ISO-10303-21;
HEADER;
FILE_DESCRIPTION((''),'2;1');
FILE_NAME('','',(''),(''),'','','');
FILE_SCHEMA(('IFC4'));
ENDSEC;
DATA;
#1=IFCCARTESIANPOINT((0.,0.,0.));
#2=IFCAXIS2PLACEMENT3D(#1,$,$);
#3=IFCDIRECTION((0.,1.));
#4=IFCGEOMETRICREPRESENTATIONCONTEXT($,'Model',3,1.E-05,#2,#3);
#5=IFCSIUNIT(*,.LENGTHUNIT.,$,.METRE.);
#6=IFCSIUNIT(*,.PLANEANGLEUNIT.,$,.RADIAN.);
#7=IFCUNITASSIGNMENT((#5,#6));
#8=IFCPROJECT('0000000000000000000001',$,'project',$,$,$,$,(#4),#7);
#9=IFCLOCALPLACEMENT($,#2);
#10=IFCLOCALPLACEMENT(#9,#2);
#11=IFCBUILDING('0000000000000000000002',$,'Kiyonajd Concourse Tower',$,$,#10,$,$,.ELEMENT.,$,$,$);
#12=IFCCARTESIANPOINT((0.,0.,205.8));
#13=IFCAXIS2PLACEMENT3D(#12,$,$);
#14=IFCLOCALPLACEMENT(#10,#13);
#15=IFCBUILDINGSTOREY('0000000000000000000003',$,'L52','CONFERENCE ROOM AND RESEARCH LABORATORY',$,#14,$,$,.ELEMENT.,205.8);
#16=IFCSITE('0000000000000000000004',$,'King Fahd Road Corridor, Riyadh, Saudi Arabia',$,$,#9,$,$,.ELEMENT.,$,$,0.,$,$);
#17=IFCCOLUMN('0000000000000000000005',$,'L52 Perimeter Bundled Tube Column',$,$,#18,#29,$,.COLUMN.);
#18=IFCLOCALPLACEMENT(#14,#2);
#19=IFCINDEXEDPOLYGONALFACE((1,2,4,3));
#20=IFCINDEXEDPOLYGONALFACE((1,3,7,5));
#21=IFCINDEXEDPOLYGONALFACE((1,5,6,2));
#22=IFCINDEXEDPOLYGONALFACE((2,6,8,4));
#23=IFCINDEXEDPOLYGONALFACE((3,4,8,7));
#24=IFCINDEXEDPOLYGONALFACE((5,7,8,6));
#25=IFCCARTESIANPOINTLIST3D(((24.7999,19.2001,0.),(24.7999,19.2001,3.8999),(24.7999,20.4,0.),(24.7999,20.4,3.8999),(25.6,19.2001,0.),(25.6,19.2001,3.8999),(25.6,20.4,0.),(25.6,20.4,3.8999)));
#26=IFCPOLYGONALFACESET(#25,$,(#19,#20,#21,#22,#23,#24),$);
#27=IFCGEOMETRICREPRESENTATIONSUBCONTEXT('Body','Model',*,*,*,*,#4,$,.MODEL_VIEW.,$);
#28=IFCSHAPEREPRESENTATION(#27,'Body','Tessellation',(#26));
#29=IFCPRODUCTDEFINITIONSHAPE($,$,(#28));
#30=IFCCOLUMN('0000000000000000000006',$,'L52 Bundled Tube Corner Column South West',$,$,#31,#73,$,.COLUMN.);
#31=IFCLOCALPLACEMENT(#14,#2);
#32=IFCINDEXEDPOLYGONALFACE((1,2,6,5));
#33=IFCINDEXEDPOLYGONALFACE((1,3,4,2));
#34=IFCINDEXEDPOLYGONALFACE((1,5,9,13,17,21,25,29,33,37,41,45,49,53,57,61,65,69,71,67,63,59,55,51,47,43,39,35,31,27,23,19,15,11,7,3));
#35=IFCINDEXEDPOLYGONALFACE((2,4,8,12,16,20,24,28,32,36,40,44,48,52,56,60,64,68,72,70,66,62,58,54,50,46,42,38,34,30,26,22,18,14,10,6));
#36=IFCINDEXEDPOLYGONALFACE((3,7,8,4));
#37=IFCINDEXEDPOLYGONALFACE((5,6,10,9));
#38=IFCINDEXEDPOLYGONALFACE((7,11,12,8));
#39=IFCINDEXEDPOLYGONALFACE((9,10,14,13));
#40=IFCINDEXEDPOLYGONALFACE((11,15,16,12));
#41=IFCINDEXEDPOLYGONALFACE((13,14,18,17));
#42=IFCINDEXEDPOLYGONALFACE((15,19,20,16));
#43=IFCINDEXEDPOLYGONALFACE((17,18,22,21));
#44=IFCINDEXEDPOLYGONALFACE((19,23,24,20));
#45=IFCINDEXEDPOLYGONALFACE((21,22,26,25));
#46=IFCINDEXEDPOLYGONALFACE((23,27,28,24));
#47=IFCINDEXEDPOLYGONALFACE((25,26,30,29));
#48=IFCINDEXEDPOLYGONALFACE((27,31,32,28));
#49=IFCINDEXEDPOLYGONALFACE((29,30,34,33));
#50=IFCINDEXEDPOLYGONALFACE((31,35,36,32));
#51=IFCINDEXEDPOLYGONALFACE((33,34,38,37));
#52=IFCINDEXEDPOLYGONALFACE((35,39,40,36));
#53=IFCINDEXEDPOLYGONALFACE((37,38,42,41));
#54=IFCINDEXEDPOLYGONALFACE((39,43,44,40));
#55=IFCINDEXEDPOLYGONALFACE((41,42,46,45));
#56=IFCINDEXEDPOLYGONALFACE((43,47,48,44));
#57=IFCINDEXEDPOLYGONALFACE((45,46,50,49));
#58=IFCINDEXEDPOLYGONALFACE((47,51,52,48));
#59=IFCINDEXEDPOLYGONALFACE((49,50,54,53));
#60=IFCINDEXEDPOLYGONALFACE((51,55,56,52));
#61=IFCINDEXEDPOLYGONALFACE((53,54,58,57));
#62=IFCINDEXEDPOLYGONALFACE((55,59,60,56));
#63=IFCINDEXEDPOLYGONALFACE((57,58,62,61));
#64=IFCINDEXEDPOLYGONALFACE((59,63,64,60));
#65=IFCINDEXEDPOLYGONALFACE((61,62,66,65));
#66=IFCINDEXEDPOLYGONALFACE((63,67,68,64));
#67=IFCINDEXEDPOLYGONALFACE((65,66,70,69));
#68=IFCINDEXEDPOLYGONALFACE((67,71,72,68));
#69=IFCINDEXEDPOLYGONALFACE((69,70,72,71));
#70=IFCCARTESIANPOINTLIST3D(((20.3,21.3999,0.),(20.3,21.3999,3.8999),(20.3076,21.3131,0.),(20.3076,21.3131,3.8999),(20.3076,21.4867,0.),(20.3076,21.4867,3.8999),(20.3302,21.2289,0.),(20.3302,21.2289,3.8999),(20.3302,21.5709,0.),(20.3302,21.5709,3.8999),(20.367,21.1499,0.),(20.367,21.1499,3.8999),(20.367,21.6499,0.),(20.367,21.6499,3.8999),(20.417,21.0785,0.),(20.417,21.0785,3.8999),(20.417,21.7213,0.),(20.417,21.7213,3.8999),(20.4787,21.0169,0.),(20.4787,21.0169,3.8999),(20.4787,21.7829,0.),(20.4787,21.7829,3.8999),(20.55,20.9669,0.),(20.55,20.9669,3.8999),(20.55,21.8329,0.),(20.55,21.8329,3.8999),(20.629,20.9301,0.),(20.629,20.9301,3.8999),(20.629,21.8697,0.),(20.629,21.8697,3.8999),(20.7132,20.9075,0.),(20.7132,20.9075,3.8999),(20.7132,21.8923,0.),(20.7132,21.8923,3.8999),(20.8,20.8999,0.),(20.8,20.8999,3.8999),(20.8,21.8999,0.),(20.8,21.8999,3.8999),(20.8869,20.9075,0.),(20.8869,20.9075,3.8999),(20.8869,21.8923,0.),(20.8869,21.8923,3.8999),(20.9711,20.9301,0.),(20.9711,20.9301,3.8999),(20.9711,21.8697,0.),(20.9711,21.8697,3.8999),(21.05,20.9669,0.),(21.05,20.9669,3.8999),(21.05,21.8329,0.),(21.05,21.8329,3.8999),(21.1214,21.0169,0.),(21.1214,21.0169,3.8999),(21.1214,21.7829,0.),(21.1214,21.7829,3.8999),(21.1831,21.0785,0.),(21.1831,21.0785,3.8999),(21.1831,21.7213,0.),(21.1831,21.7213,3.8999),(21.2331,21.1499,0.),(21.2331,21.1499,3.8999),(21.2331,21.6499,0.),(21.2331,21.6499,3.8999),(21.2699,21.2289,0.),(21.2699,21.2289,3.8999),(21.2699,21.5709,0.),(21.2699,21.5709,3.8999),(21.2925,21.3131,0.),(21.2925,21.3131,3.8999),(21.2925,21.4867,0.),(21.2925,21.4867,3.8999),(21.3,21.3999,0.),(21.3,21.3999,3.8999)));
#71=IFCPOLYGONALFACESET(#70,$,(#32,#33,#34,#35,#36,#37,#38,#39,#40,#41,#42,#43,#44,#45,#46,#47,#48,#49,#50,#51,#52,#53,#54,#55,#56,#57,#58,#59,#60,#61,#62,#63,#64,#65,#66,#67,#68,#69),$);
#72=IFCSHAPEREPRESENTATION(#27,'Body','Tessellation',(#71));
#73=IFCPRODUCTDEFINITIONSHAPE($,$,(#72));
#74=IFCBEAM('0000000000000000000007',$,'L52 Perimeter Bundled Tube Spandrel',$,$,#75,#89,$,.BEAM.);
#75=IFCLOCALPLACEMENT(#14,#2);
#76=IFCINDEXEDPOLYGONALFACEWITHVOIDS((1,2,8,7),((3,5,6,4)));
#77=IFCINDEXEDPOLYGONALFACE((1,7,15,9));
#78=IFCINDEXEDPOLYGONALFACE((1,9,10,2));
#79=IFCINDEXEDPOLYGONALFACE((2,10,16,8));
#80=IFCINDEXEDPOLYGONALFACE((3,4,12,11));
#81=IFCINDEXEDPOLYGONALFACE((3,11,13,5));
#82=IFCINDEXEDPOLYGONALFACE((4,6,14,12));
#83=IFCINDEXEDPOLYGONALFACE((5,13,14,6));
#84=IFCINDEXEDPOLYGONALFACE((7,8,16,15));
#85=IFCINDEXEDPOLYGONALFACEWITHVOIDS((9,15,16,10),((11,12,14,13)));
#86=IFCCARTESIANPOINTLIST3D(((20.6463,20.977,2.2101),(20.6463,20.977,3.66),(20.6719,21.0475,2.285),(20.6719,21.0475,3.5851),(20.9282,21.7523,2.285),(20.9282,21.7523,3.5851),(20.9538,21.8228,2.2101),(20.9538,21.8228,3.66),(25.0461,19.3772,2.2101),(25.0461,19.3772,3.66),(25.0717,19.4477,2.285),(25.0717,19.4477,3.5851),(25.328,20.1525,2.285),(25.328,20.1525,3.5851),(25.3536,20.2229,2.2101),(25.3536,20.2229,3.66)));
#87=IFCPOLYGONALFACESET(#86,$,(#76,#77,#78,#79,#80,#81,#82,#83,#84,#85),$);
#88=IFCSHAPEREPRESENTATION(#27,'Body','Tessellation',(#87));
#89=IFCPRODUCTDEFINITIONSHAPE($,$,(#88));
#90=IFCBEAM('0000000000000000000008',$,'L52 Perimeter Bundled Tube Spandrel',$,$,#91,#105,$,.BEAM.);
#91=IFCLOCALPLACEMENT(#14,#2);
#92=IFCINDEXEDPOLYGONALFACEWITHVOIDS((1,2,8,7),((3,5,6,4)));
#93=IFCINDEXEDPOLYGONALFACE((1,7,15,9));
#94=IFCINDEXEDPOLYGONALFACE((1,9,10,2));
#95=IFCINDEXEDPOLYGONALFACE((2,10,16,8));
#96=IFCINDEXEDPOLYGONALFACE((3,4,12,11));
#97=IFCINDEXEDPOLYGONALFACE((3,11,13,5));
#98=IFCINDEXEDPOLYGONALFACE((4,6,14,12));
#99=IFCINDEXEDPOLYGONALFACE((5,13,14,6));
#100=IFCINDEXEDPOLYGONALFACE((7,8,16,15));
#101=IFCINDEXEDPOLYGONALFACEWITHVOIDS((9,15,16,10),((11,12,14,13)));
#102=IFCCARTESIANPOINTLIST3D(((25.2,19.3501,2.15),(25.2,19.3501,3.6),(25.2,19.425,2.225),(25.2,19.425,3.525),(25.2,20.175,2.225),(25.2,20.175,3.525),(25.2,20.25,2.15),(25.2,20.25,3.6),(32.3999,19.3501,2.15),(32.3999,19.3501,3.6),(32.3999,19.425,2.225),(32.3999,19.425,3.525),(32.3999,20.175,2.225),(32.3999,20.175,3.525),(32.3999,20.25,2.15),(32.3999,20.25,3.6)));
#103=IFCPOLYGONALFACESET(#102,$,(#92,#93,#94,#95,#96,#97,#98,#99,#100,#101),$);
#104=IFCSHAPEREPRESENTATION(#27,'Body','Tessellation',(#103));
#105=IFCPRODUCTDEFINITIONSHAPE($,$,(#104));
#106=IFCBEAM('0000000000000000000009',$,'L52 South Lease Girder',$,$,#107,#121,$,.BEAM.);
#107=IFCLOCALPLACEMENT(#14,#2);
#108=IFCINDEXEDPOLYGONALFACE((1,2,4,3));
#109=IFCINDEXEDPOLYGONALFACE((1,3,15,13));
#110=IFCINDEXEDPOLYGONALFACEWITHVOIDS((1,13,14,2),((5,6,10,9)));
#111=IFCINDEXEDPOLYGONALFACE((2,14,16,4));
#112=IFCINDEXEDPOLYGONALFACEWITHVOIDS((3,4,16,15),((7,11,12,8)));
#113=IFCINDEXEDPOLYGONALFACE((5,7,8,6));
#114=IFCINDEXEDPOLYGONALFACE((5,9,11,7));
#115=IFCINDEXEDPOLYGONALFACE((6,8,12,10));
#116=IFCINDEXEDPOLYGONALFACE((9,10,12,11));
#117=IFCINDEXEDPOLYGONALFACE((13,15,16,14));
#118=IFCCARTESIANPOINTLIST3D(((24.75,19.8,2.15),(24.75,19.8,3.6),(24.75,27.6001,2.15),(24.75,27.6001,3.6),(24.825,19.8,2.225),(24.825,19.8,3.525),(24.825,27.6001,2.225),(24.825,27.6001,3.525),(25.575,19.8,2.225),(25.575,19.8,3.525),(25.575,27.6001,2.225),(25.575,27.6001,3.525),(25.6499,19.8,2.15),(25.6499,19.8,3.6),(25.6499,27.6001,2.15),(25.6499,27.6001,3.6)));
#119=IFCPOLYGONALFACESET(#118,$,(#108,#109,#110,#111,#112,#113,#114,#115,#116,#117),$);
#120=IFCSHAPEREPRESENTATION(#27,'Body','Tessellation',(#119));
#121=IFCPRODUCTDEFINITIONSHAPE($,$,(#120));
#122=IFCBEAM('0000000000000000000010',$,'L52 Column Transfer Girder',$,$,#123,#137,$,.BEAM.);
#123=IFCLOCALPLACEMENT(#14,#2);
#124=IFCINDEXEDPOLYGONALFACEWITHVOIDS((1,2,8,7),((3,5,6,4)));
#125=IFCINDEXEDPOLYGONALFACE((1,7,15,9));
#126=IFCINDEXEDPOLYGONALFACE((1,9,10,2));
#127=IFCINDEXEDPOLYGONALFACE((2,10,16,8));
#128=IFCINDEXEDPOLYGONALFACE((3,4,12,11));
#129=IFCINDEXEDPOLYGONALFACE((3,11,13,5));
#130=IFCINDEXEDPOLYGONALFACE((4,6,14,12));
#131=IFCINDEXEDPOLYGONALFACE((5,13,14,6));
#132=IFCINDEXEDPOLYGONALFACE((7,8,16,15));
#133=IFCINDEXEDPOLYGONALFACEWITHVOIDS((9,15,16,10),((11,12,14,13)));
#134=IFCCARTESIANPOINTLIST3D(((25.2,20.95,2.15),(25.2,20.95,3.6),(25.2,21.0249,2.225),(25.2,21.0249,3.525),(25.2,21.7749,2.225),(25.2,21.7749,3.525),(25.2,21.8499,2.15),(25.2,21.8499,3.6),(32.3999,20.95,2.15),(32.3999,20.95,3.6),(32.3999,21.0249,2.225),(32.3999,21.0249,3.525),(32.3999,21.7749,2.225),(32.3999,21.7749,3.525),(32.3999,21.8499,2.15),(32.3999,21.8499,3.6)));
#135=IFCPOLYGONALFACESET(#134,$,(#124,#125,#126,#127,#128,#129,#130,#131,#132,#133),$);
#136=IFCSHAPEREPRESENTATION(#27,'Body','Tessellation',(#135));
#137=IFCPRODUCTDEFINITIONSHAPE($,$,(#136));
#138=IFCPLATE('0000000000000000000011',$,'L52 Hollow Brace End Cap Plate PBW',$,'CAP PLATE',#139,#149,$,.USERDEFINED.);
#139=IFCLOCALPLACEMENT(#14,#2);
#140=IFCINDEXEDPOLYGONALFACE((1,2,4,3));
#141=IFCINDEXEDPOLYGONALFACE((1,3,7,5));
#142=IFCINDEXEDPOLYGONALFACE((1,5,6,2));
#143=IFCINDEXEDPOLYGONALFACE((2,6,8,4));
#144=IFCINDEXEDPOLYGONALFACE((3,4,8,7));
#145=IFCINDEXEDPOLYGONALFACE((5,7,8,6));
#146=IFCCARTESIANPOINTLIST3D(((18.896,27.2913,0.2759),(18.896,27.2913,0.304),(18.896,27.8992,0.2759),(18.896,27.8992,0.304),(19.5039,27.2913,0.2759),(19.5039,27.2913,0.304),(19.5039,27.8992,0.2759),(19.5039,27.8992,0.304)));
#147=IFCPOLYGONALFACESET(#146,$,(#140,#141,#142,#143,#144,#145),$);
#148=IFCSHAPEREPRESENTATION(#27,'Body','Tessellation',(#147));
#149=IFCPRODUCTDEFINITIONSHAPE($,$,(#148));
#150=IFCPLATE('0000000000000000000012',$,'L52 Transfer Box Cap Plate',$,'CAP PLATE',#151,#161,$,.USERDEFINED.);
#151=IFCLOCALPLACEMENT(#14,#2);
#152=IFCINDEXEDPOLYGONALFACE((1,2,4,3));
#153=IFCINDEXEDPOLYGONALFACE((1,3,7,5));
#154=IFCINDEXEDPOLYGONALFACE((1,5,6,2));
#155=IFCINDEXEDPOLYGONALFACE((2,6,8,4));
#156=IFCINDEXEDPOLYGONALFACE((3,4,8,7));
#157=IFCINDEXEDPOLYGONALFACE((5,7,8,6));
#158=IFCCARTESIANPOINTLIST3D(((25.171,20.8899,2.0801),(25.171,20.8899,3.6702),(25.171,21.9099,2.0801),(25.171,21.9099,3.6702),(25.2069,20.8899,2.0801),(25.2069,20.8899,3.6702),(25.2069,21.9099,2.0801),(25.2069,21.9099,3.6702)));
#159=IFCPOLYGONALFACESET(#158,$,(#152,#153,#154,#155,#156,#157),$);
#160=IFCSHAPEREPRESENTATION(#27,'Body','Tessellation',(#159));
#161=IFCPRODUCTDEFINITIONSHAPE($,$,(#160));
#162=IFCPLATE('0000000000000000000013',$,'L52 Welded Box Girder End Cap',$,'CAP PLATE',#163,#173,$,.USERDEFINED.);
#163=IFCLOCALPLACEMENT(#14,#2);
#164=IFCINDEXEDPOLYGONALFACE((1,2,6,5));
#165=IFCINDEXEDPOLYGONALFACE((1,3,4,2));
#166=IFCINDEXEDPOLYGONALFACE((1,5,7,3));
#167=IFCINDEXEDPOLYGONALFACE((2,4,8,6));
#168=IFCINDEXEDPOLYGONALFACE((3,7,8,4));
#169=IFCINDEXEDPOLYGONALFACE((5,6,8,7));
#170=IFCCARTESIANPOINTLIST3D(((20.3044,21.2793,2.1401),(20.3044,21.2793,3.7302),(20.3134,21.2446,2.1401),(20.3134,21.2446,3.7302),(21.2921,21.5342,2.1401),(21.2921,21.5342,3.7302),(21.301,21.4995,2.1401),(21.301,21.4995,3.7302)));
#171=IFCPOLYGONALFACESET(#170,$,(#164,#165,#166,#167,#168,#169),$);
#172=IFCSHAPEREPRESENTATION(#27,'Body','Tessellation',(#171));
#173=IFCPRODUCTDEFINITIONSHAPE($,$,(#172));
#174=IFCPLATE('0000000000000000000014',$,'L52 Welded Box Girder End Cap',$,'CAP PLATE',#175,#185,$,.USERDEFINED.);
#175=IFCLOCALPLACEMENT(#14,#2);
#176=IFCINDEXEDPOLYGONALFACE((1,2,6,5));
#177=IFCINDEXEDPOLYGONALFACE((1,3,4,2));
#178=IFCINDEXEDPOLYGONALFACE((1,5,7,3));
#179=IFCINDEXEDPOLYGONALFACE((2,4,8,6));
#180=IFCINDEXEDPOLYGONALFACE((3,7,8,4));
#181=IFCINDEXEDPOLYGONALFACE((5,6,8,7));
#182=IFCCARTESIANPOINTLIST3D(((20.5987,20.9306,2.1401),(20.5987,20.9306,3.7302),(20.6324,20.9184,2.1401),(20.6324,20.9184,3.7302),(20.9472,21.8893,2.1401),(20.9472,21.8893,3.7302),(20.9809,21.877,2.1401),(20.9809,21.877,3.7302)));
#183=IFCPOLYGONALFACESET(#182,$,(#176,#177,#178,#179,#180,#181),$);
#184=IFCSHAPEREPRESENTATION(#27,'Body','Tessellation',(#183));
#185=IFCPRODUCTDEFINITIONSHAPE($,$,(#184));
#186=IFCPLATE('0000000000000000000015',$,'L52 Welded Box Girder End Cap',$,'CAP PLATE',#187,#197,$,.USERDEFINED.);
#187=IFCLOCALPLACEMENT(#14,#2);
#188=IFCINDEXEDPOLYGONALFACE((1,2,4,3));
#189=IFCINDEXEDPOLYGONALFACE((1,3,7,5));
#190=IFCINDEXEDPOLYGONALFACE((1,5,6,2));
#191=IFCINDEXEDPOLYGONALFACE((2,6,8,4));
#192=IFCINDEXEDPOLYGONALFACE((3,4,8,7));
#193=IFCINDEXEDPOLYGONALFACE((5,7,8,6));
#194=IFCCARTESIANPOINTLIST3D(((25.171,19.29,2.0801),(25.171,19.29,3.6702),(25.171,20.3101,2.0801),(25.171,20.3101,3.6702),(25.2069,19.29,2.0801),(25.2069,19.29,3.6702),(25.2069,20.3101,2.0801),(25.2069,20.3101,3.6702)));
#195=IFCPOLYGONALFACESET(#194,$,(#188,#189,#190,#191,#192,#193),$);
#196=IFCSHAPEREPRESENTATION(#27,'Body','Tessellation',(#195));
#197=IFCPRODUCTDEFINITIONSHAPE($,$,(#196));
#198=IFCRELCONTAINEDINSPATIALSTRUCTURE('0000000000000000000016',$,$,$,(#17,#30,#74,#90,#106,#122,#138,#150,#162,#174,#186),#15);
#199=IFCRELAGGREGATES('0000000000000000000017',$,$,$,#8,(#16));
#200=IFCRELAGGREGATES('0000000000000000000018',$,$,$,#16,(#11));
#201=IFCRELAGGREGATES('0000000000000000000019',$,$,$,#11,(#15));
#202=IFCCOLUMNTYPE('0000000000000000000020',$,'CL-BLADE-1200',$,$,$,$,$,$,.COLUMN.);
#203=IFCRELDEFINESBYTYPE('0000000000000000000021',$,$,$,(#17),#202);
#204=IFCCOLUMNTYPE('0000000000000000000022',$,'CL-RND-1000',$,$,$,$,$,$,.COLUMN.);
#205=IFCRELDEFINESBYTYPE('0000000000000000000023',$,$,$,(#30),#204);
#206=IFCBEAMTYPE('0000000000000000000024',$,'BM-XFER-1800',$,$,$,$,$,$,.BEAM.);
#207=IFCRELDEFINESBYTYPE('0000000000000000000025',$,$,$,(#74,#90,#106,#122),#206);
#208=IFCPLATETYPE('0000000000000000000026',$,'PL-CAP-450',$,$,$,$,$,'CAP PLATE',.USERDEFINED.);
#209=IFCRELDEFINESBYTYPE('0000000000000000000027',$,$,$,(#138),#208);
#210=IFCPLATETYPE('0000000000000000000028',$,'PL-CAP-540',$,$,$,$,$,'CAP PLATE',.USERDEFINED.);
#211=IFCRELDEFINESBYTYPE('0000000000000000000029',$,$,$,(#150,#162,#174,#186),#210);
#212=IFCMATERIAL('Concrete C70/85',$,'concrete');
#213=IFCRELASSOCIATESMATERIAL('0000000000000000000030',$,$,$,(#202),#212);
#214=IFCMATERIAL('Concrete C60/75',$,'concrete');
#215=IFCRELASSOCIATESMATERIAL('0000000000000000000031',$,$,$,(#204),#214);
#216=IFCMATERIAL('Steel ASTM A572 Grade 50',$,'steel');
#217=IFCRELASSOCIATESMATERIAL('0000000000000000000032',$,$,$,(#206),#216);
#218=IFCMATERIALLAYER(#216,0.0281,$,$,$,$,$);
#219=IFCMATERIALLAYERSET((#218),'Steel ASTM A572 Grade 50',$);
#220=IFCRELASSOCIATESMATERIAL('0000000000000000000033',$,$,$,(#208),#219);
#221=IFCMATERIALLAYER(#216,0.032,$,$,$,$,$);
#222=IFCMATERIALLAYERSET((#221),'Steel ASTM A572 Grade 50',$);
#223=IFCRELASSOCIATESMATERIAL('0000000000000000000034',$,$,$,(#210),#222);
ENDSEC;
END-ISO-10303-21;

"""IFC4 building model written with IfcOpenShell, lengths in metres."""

from ifc_helpers import new_model, si_unit, direction, frame, origin, origin_2d, place, context, subcontext, project, spatial, rectangle, hollow_rectangle, circle, extrude, material, layer, layer_set, material_profile, profile_set, type_object, element, save


model = new_model("IFC4")

# Units and contexts
model_context = context("Model", 3, precision=1e-05, world=origin(), true_north=direction((0.0, 1.0)))
body_context = subcontext(model_context, "Body", "Model", "MODEL_VIEW")
ifc_project = project(units=[si_unit("LENGTHUNIT", "METRE"), si_unit("PLANEANGLEUNIT", "RADIAN")], contexts=[model_context])

# Site, building, storey
site_placement = place(None, origin())
site = spatial("IfcSite", under=ifc_project, at=site_placement, Name="King Fahd Road Corridor, Riyadh, Saudi Arabia", CompositionType="ELEMENT", RefElevation=0.0)
building_placement = place(site_placement, origin())
building = spatial("IfcBuilding", under=site, at=building_placement, Name="Kiyonajd Concourse Tower", CompositionType="ELEMENT")
storey_placement = place(building_placement, frame((0.0, 0.0, 205.8)))
storey = spatial("IfcBuildingStorey", under=building, at=storey_placement, Name="L52", Description="CONFERENCE ROOM AND RESEARCH LABORATORY", CompositionType="ELEMENT", Elevation=205.8)

# Columns
ifc_material_1 = material(Name="Concrete C70/85", Category="concrete")
ifc_material_profile_1 = material_profile(ifc_material_1, rectangle(XDim=0.8, YDim=1.2, at=origin_2d()), Name="RC-1200x800")
ifc_profile_set_1 = profile_set([ifc_material_profile_1], Name="Concrete C70/85")
column_type_1 = type_object("IfcColumnType", Name="CL-BLADE-1200", PredefinedType="COLUMN", material=ifc_profile_set_1)
column_1_placement = place(storey_placement, frame((25.2, 19.8, 0.0), z_axis=(0.0, 0.0, 1.0), x_axis=(1.0, 0.0, 0.0)))
element("IfcColumn", 1, at=column_1_placement, inside=storey, type_object=column_type_1, Name="L52 Perimeter Bundled Tube Column", PredefinedType="COLUMN", context=body_context, shape_type="SweptSolid", body=[
    extrude(rectangle(XDim=0.8, YDim=1.2, at=origin_2d()), origin(), (0.0, 0.0, 1.0), 3.8999),
])
ifc_material_2 = material(Name="Concrete C60/75", Category="concrete")
ifc_material_profile_2 = material_profile(ifc_material_2, circle(Radius=0.5, at=origin_2d()), Name="RCC-D1000")
ifc_profile_set_2 = profile_set([ifc_material_profile_2], Name="Concrete C60/75")
column_type_2 = type_object("IfcColumnType", Name="CL-RND-1000", PredefinedType="COLUMN", material=ifc_profile_set_2)
column_2_placement = place(storey_placement, frame((20.8, 21.3999, 0.0), z_axis=(0.0, 0.0, 1.0), x_axis=(1.0, 0.0, 0.0)))
element("IfcColumn", 2, at=column_2_placement, inside=storey, type_object=column_type_2, Name="L52 Bundled Tube Corner Column South West", PredefinedType="COLUMN", context=body_context, shape_type="SweptSolid", body=[
    extrude(circle(Radius=0.5, at=origin_2d()), origin(), (0.0, 0.0, 1.0), 3.8999),
])

# Beams
ifc_material_3 = material(Name="Steel ASTM A572 Grade 50", Category="steel")
ifc_material_profile_3 = material_profile(ifc_material_3, hollow_rectangle(XDim=0.8999, YDim=1.45, WallThickness=0.075, at=origin_2d()), Name="BOX-1450x900x75")
ifc_profile_set_3 = profile_set([ifc_material_profile_3], Name="Steel ASTM A572 Grade 50")
beam_type = type_object("IfcBeamType", Name="BM-XFER-1800", PredefinedType="BEAM", material=ifc_profile_set_3)
beam_1_placement = place(storey_placement, frame((20.8, 21.3999, 2.9351), z_axis=(0.939801, -0.341722, 0.0), x_axis=(0.341722, 0.939801, 0.0)))
element("IfcBeam", 3, at=beam_1_placement, inside=storey, type_object=beam_type, Name="L52 Perimeter Bundled Tube Spandrel", PredefinedType="BEAM", context=body_context, shape_type="SweptSolid", body=[
    extrude(hollow_rectangle(XDim=0.8999, YDim=1.45, WallThickness=0.075, at=origin_2d()), origin(), (0.0, 0.0, 1.0), 4.6816),
])
beam_2_placement = place(storey_placement, frame((25.2, 19.8, 2.875), z_axis=(1.0, 0.0, 0.0), x_axis=(0.0, 1.0, 0.0)))
element("IfcBeam", 4, at=beam_2_placement, inside=storey, type_object=beam_type, Name="L52 Perimeter Bundled Tube Spandrel", PredefinedType="BEAM", context=body_context, shape_type="SweptSolid", body=[
    extrude(hollow_rectangle(XDim=0.8999, YDim=1.45, WallThickness=0.075, at=origin_2d()), origin(), (0.0, 0.0, 1.0), 7.2),
])
beam_3_placement = place(storey_placement, frame((25.2, 19.8, 2.875), z_axis=(0.0, 1.0, 0.0), x_axis=(-1.0, 0.0, 0.0)))
element("IfcBeam", 5, at=beam_3_placement, inside=storey, type_object=beam_type, Name="L52 South Lease Girder", PredefinedType="BEAM", context=body_context, shape_type="SweptSolid", body=[
    extrude(hollow_rectangle(XDim=0.8999, YDim=1.45, WallThickness=0.075, at=origin_2d()), origin(), (0.0, 0.0, 1.0), 7.8),
])
beam_4_placement = place(storey_placement, frame((25.2, 21.3999, 2.875), z_axis=(1.0, 0.0, 0.0), x_axis=(0.0, 1.0, 0.0)))
element("IfcBeam", 6, at=beam_4_placement, inside=storey, type_object=beam_type, Name="L52 Column Transfer Girder", PredefinedType="BEAM", context=body_context, shape_type="SweptSolid", body=[
    extrude(hollow_rectangle(XDim=0.8999, YDim=1.45, WallThickness=0.075, at=origin_2d()), origin(), (0.0, 0.0, 1.0), 7.2),
])

# Plates
ifc_layer_1 = layer(ifc_material_3, 0.0281)
ifc_layer_set_1 = layer_set([ifc_layer_1], Name="Steel ASTM A572 Grade 50")
plate_type_1 = type_object("IfcPlateType", Name="PL-CAP-450", ElementType="CAP PLATE", PredefinedType="USERDEFINED", material=ifc_layer_set_1)
plate_1_placement = place(storey_placement, frame((19.2, 27.5952, 0.2759), z_axis=(0.0, 0.0, 1.0), x_axis=(1.0, 0.0, 0.0)))
element("IfcPlate", 7, at=plate_1_placement, inside=storey, type_object=plate_type_1, Name="L52 Hollow Brace End Cap Plate PBW", ObjectType="CAP PLATE", PredefinedType="USERDEFINED", context=body_context, shape_type="SweptSolid", body=[
    extrude(rectangle(XDim=0.6079, YDim=0.6079, at=origin_2d()), origin(), (0.0, 0.0, 1.0), 0.0281),
])
ifc_layer_2 = layer(ifc_material_3, 0.032)
ifc_layer_set_2 = layer_set([ifc_layer_2], Name="Steel ASTM A572 Grade 50")
plate_type_2 = type_object("IfcPlateType", Name="PL-CAP-540", ElementType="CAP PLATE", PredefinedType="USERDEFINED", material=ifc_layer_set_2)
for number, where, z_axis, x_axis, name in (
    (8, (25.189, 21.3999, 2.0801), (0.0, 0.0, 1.0), (-1.0, 0.0, 0.0), "L52 Transfer Box Cap Plate"),
    (9, (20.8027, 21.3894, 2.1401), (0.0, 0.0, 1.0), (0.249873, -0.968279, 0.0), "L52 Welded Box Girder End Cap"),
    (10, (20.7898, 21.4038, 2.1401), (0.0, 0.0, 1.0), (-0.939812, 0.341692, 0.0), "L52 Welded Box Girder End Cap"),
    (11, (25.189, 19.8, 2.0801), (0.0, 0.0, 1.0), (-1.0, 0.0, 0.0), "L52 Welded Box Girder End Cap"),
):
    element("IfcPlate", number, at=place(storey_placement, frame(where, z_axis=z_axis, x_axis=x_axis)), inside=storey, type_object=plate_type_2, Name=name, ObjectType="CAP PLATE", PredefinedType="USERDEFINED", context=body_context, shape_type="SweptSolid", body=[
        extrude(rectangle(XDim=0.0359, YDim=1.02, at=origin_2d()), origin(), (0.0, 0.0, 1.0), 1.5901),
    ])

save(model, "model.ifc")
